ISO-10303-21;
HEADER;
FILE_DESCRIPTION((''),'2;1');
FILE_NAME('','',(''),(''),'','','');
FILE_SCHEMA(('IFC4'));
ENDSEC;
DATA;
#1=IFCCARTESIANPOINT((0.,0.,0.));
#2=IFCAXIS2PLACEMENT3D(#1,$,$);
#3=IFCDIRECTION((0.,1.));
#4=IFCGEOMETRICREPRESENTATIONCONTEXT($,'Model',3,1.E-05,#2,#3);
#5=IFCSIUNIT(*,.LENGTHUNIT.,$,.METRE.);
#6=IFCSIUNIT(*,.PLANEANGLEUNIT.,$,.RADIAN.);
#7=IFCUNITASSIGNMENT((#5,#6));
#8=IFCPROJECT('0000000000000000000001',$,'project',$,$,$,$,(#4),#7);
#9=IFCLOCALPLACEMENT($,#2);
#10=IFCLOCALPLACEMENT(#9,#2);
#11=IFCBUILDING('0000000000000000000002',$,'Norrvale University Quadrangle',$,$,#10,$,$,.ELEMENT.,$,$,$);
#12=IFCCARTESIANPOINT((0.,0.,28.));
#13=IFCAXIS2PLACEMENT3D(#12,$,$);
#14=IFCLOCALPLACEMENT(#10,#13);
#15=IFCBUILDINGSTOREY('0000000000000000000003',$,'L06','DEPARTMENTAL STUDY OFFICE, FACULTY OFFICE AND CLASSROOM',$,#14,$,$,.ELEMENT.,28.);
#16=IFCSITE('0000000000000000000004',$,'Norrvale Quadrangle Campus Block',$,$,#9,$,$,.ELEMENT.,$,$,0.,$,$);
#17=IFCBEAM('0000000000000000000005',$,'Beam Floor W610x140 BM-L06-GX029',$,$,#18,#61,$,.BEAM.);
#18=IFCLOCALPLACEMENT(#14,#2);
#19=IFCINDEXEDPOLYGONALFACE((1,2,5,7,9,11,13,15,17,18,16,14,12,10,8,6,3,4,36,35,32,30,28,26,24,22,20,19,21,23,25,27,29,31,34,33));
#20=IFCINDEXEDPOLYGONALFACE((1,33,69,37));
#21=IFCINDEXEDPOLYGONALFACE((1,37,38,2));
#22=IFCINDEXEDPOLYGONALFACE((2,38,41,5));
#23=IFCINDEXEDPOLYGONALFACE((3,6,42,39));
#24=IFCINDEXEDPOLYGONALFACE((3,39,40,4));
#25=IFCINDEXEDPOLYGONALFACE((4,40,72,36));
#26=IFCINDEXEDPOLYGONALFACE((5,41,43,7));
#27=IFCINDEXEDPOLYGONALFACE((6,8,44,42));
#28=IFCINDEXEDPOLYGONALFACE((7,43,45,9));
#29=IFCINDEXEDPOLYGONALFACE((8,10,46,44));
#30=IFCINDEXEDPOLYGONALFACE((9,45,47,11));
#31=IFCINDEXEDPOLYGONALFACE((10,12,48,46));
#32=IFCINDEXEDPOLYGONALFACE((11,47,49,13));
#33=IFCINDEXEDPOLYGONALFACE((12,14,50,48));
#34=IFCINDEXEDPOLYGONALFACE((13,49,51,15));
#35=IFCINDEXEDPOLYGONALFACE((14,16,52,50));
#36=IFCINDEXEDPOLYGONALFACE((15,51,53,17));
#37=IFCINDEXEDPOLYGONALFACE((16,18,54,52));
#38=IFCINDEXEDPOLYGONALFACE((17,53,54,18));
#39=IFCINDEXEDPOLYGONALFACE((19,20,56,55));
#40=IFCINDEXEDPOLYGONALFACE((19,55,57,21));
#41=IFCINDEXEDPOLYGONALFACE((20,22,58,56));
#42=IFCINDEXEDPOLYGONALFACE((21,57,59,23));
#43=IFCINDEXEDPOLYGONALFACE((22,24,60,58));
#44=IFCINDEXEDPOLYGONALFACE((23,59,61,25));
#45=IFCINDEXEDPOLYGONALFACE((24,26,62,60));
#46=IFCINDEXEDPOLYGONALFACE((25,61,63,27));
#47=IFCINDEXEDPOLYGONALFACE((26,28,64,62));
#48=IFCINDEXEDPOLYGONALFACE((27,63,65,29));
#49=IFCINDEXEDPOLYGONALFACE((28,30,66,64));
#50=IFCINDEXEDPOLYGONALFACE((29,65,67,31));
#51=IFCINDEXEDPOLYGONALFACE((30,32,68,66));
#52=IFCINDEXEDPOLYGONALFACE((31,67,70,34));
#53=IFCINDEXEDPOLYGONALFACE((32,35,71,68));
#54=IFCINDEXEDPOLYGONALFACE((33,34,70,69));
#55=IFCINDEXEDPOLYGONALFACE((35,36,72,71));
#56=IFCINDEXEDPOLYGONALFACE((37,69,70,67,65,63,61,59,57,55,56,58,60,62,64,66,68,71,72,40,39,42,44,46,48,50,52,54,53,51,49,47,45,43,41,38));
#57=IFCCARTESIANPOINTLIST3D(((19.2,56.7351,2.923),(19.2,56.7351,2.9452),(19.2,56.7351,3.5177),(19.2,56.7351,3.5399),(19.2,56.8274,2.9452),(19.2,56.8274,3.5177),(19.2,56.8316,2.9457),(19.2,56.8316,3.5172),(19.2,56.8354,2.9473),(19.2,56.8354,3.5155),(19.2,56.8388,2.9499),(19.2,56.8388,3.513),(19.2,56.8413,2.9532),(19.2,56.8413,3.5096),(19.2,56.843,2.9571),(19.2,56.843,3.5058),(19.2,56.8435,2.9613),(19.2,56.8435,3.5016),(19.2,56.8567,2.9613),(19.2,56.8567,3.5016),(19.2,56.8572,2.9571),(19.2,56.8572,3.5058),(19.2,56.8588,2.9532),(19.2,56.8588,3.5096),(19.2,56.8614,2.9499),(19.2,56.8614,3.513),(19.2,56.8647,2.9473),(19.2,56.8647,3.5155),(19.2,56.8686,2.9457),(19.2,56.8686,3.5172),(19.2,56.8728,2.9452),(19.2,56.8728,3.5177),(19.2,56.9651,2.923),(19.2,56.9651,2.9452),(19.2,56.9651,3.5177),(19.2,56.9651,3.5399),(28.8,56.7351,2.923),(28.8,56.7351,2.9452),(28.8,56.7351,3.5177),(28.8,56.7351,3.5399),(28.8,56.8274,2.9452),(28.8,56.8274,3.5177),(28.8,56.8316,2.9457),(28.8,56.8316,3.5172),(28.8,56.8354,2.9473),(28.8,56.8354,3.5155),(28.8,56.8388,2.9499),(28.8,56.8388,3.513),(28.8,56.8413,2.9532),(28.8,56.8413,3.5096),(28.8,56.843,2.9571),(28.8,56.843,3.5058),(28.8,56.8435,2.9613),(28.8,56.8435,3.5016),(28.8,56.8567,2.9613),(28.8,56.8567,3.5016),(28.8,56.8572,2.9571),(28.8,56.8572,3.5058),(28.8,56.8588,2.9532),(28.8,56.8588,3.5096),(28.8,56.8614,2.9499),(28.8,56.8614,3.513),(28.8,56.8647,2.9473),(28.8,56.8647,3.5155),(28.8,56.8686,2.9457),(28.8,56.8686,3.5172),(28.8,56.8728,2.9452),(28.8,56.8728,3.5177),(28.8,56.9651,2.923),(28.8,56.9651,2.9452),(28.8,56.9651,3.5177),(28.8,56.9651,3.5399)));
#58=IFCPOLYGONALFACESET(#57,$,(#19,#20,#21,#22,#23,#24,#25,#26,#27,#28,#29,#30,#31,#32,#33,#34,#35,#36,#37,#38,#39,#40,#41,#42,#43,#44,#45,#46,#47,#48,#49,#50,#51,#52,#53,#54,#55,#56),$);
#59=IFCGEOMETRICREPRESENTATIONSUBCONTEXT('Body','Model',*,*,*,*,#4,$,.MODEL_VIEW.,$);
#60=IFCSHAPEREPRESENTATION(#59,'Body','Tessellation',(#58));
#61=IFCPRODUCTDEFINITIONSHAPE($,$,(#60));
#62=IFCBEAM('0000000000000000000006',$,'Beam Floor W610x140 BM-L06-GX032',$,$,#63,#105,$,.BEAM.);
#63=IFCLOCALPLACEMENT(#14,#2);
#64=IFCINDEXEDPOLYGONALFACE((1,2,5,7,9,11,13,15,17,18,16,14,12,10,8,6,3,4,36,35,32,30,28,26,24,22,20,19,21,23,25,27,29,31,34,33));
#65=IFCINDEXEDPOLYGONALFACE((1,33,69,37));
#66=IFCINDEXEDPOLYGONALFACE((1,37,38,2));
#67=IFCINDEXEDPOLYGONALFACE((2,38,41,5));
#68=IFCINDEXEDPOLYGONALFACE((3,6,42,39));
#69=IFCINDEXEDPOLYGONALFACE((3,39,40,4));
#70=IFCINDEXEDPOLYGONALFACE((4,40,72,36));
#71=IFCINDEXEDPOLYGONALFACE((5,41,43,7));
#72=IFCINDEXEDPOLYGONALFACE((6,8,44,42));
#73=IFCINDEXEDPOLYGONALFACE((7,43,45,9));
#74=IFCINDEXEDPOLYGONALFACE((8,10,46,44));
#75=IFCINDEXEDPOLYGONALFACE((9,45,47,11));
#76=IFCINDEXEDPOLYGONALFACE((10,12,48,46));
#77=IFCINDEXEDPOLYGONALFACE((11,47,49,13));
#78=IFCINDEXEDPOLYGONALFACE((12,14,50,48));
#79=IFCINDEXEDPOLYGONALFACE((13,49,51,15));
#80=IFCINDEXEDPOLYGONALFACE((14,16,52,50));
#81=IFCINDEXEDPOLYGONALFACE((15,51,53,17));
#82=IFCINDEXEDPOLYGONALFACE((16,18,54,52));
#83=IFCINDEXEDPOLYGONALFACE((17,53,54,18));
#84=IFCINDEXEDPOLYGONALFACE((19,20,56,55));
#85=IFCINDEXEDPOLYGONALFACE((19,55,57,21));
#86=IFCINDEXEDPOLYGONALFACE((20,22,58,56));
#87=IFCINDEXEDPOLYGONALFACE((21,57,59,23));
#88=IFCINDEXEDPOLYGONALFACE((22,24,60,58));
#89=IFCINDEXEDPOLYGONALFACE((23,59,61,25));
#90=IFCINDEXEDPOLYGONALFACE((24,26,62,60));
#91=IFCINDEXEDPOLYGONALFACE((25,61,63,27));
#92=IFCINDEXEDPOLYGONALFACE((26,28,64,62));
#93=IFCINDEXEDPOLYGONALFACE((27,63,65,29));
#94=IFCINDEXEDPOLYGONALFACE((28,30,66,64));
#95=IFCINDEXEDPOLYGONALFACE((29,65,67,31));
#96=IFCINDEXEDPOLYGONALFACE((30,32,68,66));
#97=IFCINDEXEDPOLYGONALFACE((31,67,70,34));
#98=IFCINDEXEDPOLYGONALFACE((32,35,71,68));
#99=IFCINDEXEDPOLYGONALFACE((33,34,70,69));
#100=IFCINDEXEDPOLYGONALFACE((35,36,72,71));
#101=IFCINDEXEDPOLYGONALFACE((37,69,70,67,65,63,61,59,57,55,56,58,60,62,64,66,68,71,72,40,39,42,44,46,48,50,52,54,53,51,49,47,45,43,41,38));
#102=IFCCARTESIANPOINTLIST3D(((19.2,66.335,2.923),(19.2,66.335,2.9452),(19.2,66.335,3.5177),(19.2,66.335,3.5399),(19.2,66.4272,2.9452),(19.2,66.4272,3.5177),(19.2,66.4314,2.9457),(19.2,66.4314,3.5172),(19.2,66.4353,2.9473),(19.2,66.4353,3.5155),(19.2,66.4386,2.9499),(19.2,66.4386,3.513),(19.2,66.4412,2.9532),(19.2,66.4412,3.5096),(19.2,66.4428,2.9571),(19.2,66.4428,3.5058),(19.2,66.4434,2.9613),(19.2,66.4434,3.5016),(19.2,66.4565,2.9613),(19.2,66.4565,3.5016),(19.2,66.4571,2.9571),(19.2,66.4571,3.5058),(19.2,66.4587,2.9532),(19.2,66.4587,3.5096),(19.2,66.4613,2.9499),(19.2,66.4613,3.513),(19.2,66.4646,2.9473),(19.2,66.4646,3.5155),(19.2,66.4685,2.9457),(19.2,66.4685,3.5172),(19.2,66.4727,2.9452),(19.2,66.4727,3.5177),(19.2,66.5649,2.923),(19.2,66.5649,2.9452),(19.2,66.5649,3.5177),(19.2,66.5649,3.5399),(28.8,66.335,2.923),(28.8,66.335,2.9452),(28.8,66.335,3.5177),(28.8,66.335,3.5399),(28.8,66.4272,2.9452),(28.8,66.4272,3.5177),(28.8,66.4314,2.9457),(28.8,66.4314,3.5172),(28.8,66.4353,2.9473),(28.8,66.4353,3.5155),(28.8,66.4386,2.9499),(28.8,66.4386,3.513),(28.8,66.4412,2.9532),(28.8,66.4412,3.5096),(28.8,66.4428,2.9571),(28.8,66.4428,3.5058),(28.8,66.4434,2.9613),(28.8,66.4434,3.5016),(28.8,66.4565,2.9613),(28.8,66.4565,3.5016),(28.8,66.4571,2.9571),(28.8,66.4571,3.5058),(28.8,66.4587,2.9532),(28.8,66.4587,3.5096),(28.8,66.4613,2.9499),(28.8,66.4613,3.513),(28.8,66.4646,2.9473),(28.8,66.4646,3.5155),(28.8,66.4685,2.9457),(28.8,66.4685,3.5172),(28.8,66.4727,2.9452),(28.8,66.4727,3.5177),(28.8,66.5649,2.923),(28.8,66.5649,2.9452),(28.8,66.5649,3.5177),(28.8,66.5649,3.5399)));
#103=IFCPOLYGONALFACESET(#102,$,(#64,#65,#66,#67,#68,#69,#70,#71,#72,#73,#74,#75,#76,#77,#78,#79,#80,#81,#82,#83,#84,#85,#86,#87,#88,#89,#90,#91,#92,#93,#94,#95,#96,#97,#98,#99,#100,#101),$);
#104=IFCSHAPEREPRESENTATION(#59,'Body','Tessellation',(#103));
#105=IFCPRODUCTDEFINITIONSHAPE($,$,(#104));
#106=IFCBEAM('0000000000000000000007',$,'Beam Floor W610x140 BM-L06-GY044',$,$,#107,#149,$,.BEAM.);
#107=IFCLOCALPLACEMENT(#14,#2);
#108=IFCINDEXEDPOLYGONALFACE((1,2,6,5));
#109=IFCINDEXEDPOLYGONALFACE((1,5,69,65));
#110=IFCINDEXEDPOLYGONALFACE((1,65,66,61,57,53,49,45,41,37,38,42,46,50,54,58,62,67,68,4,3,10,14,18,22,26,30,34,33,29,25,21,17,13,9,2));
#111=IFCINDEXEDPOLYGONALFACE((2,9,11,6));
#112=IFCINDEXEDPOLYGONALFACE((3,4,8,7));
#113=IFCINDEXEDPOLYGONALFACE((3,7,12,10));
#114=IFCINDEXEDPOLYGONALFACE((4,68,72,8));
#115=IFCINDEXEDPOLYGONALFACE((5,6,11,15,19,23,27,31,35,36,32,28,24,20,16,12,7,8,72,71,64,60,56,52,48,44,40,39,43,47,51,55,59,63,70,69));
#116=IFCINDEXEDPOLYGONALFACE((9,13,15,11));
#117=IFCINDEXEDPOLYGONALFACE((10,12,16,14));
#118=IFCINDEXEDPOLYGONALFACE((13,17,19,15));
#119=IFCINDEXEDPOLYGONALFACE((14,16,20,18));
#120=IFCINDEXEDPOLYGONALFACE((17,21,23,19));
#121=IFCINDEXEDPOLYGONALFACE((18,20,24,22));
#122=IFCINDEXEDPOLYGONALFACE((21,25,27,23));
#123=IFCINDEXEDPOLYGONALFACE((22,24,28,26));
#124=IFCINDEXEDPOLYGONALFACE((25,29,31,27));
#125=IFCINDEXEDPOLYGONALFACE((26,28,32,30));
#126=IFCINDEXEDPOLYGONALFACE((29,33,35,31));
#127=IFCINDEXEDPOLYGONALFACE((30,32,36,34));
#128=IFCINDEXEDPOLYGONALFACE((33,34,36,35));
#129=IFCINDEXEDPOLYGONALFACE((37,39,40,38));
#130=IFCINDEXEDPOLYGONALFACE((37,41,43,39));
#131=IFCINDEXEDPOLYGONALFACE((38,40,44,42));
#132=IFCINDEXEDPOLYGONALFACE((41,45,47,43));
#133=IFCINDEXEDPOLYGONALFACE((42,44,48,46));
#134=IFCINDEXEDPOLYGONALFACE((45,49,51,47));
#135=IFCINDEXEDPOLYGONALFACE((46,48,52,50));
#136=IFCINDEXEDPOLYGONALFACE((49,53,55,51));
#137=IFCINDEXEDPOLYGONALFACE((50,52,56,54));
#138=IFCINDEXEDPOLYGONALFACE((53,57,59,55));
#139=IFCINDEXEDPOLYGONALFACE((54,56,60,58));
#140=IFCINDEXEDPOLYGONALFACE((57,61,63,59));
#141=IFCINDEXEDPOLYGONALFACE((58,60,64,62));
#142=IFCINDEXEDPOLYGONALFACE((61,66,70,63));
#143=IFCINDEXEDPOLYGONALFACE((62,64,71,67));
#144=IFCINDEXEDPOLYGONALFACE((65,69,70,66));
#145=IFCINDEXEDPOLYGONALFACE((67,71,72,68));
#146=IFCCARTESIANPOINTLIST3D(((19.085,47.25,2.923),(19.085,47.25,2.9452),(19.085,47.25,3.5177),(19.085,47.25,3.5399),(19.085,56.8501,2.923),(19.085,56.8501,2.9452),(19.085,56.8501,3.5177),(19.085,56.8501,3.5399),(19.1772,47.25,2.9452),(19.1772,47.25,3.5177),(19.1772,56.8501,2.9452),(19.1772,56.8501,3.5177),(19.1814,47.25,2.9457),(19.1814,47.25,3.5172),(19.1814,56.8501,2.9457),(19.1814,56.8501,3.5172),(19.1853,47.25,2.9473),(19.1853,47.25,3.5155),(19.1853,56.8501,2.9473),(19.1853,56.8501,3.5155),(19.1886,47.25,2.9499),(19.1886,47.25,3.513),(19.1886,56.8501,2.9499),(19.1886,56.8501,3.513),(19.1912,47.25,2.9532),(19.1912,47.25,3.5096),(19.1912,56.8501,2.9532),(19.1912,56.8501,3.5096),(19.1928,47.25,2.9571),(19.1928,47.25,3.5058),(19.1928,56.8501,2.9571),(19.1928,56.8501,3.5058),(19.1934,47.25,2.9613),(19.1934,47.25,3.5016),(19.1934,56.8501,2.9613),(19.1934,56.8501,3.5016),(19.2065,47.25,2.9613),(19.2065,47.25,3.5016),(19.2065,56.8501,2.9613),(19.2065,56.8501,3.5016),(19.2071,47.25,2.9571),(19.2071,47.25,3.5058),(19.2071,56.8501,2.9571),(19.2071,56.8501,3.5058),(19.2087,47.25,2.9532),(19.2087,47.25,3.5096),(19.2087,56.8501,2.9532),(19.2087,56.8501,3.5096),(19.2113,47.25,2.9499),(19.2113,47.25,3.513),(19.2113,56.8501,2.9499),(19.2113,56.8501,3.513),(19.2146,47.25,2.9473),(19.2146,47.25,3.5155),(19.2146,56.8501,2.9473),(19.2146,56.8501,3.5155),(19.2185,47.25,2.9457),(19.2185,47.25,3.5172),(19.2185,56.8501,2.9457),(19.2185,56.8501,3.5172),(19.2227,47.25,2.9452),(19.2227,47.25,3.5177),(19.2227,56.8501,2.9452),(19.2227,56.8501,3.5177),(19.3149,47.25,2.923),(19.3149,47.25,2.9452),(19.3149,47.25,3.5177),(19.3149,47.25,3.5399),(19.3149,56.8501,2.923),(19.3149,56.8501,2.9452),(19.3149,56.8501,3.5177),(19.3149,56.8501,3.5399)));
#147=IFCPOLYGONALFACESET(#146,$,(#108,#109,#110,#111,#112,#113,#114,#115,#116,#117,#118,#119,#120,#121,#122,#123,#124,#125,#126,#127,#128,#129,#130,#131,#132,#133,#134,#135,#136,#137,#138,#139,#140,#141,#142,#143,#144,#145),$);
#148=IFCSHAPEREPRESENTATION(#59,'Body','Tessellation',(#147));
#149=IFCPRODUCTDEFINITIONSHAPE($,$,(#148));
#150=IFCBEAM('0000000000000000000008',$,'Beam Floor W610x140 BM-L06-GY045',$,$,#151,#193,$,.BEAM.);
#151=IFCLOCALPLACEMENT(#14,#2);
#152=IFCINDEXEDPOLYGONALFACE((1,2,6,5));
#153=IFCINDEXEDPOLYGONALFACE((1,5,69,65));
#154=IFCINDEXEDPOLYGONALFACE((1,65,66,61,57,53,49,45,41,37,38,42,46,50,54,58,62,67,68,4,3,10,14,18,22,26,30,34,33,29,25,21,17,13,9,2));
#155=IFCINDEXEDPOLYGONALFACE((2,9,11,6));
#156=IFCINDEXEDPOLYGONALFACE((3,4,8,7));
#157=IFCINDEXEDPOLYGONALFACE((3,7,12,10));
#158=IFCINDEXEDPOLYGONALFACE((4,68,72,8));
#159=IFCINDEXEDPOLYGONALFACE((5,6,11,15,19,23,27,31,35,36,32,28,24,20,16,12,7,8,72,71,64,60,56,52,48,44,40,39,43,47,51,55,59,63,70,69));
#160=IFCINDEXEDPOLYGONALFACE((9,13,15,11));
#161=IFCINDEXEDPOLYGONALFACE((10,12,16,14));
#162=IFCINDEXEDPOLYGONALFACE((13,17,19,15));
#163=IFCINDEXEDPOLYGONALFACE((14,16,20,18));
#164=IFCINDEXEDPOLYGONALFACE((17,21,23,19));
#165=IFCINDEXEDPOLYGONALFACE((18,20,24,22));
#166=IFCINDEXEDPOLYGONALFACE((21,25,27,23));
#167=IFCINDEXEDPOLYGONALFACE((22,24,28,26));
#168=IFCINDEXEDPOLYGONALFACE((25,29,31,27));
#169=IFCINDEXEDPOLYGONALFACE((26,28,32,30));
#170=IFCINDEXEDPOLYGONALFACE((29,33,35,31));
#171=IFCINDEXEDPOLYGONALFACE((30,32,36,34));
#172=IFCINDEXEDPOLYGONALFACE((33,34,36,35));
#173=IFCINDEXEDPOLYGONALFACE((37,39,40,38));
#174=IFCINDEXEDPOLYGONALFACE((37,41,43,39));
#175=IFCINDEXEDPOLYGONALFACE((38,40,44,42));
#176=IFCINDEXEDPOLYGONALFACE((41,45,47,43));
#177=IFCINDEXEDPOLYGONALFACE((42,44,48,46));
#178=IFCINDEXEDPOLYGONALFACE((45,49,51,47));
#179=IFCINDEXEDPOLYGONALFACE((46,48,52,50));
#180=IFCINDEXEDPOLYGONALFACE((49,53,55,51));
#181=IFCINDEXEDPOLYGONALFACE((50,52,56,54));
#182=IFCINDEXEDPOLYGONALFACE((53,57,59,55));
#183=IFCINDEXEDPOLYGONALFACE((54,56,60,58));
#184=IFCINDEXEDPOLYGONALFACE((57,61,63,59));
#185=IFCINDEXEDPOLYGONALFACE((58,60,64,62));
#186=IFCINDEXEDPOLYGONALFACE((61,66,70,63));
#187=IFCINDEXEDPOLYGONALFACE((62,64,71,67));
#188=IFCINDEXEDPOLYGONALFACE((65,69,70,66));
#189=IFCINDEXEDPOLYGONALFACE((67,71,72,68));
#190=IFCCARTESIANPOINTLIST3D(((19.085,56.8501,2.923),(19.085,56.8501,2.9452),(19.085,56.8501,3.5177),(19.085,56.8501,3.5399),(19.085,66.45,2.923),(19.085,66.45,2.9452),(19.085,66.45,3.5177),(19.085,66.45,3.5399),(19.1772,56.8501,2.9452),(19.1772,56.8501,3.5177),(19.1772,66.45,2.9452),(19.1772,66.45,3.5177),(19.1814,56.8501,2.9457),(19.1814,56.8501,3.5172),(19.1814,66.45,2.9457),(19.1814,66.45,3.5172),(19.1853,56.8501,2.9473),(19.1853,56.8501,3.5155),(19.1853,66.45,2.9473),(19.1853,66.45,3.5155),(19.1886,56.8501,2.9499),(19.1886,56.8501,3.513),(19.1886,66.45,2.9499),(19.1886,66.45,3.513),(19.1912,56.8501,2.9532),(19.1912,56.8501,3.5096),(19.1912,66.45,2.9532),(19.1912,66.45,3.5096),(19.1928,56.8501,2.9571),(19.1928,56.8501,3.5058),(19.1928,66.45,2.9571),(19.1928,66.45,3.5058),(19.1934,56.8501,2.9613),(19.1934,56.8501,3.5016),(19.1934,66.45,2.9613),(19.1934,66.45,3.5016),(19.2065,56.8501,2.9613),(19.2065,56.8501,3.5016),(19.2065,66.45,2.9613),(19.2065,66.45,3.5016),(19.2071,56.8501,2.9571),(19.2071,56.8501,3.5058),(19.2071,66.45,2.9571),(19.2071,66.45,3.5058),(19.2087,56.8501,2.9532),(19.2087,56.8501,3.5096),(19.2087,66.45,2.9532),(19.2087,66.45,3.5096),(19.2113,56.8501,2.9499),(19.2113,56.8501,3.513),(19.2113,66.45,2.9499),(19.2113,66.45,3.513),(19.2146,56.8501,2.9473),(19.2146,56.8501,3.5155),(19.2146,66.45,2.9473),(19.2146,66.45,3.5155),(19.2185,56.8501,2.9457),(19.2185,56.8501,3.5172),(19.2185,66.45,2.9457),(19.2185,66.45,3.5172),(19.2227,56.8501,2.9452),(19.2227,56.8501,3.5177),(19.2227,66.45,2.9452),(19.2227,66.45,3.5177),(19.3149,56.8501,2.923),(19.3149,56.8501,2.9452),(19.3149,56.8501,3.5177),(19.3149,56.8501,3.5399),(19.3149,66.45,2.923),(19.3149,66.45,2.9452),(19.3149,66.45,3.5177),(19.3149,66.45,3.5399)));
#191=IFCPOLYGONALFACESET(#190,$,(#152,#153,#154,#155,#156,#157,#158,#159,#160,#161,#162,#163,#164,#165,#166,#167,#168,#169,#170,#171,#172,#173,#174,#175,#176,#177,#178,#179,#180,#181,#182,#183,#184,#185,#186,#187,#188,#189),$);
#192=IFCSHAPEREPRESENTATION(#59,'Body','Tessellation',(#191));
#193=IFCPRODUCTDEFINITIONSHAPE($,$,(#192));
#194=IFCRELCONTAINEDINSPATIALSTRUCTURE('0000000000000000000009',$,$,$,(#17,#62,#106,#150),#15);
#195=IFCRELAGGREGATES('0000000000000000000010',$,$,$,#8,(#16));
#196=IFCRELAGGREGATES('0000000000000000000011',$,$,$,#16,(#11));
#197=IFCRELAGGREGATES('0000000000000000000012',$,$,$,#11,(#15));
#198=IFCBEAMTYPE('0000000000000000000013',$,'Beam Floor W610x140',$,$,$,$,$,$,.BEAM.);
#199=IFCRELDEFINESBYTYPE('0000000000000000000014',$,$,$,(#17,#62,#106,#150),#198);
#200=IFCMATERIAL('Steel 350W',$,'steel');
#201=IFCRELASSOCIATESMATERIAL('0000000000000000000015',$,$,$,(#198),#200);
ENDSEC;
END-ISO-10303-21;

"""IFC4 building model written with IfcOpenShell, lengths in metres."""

from ifc_helpers import new_model, si_unit, direction, frame, origin, origin_2d, place, context, subcontext, project, spatial, i_section, extrude, material, material_profile, profile_set, type_object, element, save


model = new_model("IFC4")

# Units and contexts
model_context = context("Model", 3, precision=1e-05, world=origin(), true_north=direction((0.0, 1.0)))
body_context = subcontext(model_context, "Body", "Model", "MODEL_VIEW")
ifc_project = project(units=[si_unit("LENGTHUNIT", "METRE"), si_unit("PLANEANGLEUNIT", "RADIAN")], contexts=[model_context])

# Site, building, storey
site_placement = place(None, origin())
site = spatial("IfcSite", under=ifc_project, at=site_placement, Name="Norrvale Quadrangle Campus Block", CompositionType="ELEMENT", RefElevation=0.0)
building_placement = place(site_placement, origin())
building = spatial("IfcBuilding", under=site, at=building_placement, Name="Norrvale University Quadrangle", CompositionType="ELEMENT")
storey_placement = place(building_placement, frame((0.0, 0.0, 28.0)))
storey = spatial("IfcBuildingStorey", under=building, at=storey_placement, Name="L06", Description="DEPARTMENTAL STUDY OFFICE, FACULTY OFFICE AND CLASSROOM", CompositionType="ELEMENT", Elevation=28.0)

# Beams
ifc_material_1 = material(Name="Steel 350W", Category="steel")
ifc_material_profile_1 = material_profile(ifc_material_1, i_section(OverallWidth=0.23, OverallDepth=0.6169, WebThickness=0.0132, FlangeThickness=0.0222, FilletRadius=0.0161, at=origin_2d()), Name="Steel 350W")
ifc_profile_set_1 = profile_set([ifc_material_profile_1], Name="Steel 350W")
beam_type_1 = type_object("IfcBeamType", Name="Beam Floor W610x140", PredefinedType="BEAM", material=ifc_profile_set_1)
for number, where, z_axis, x_axis, name in (
    (1, (19.2, 56.8501, 3.2314), (1.0, 0.0, 0.0), (0.0, 1.0, 0.0), "Beam Floor W610x140 BM-L06-GX029"),
    (2, (19.2, 66.45, 3.2314), (1.0, 0.0, 0.0), (0.0, 1.0, 0.0), "Beam Floor W610x140 BM-L06-GX032"),
    (3, (19.2, 47.25, 3.2314), (0.0, 1.0, 0.0), (-1.0, 0.0, 0.0), "Beam Floor W610x140 BM-L06-GY044"),
):
    element("IfcBeam", number, at=place(storey_placement, frame(where, z_axis=z_axis, x_axis=x_axis)), inside=storey, type_object=beam_type_1, Name=name, PredefinedType="BEAM", context=body_context, shape_type="SweptSolid", body=[
        extrude(i_section(OverallWidth=0.23, OverallDepth=0.6169, WebThickness=0.0132, FlangeThickness=0.0222, FilletRadius=0.0161, at=origin_2d()), origin(), (0.0, 0.0, 1.0), 9.6001),
    ])
beam_1_placement = place(storey_placement, frame((19.2, 56.8501, 3.2314), z_axis=(0.0, 1.0, 0.0), x_axis=(-1.0, 0.0, 0.0)))
element("IfcBeam", 4, at=beam_1_placement, inside=storey, type_object=beam_type_1, Name="Beam Floor W610x140 BM-L06-GY045", PredefinedType="BEAM", context=body_context, shape_type="SweptSolid", body=[
    extrude(i_section(OverallWidth=0.23, OverallDepth=0.6169, WebThickness=0.0132, FlangeThickness=0.0222, FilletRadius=0.0161, at=origin_2d()), origin(), (0.0, 0.0, 1.0), 9.5999),
])

save(model, "model.ifc")
